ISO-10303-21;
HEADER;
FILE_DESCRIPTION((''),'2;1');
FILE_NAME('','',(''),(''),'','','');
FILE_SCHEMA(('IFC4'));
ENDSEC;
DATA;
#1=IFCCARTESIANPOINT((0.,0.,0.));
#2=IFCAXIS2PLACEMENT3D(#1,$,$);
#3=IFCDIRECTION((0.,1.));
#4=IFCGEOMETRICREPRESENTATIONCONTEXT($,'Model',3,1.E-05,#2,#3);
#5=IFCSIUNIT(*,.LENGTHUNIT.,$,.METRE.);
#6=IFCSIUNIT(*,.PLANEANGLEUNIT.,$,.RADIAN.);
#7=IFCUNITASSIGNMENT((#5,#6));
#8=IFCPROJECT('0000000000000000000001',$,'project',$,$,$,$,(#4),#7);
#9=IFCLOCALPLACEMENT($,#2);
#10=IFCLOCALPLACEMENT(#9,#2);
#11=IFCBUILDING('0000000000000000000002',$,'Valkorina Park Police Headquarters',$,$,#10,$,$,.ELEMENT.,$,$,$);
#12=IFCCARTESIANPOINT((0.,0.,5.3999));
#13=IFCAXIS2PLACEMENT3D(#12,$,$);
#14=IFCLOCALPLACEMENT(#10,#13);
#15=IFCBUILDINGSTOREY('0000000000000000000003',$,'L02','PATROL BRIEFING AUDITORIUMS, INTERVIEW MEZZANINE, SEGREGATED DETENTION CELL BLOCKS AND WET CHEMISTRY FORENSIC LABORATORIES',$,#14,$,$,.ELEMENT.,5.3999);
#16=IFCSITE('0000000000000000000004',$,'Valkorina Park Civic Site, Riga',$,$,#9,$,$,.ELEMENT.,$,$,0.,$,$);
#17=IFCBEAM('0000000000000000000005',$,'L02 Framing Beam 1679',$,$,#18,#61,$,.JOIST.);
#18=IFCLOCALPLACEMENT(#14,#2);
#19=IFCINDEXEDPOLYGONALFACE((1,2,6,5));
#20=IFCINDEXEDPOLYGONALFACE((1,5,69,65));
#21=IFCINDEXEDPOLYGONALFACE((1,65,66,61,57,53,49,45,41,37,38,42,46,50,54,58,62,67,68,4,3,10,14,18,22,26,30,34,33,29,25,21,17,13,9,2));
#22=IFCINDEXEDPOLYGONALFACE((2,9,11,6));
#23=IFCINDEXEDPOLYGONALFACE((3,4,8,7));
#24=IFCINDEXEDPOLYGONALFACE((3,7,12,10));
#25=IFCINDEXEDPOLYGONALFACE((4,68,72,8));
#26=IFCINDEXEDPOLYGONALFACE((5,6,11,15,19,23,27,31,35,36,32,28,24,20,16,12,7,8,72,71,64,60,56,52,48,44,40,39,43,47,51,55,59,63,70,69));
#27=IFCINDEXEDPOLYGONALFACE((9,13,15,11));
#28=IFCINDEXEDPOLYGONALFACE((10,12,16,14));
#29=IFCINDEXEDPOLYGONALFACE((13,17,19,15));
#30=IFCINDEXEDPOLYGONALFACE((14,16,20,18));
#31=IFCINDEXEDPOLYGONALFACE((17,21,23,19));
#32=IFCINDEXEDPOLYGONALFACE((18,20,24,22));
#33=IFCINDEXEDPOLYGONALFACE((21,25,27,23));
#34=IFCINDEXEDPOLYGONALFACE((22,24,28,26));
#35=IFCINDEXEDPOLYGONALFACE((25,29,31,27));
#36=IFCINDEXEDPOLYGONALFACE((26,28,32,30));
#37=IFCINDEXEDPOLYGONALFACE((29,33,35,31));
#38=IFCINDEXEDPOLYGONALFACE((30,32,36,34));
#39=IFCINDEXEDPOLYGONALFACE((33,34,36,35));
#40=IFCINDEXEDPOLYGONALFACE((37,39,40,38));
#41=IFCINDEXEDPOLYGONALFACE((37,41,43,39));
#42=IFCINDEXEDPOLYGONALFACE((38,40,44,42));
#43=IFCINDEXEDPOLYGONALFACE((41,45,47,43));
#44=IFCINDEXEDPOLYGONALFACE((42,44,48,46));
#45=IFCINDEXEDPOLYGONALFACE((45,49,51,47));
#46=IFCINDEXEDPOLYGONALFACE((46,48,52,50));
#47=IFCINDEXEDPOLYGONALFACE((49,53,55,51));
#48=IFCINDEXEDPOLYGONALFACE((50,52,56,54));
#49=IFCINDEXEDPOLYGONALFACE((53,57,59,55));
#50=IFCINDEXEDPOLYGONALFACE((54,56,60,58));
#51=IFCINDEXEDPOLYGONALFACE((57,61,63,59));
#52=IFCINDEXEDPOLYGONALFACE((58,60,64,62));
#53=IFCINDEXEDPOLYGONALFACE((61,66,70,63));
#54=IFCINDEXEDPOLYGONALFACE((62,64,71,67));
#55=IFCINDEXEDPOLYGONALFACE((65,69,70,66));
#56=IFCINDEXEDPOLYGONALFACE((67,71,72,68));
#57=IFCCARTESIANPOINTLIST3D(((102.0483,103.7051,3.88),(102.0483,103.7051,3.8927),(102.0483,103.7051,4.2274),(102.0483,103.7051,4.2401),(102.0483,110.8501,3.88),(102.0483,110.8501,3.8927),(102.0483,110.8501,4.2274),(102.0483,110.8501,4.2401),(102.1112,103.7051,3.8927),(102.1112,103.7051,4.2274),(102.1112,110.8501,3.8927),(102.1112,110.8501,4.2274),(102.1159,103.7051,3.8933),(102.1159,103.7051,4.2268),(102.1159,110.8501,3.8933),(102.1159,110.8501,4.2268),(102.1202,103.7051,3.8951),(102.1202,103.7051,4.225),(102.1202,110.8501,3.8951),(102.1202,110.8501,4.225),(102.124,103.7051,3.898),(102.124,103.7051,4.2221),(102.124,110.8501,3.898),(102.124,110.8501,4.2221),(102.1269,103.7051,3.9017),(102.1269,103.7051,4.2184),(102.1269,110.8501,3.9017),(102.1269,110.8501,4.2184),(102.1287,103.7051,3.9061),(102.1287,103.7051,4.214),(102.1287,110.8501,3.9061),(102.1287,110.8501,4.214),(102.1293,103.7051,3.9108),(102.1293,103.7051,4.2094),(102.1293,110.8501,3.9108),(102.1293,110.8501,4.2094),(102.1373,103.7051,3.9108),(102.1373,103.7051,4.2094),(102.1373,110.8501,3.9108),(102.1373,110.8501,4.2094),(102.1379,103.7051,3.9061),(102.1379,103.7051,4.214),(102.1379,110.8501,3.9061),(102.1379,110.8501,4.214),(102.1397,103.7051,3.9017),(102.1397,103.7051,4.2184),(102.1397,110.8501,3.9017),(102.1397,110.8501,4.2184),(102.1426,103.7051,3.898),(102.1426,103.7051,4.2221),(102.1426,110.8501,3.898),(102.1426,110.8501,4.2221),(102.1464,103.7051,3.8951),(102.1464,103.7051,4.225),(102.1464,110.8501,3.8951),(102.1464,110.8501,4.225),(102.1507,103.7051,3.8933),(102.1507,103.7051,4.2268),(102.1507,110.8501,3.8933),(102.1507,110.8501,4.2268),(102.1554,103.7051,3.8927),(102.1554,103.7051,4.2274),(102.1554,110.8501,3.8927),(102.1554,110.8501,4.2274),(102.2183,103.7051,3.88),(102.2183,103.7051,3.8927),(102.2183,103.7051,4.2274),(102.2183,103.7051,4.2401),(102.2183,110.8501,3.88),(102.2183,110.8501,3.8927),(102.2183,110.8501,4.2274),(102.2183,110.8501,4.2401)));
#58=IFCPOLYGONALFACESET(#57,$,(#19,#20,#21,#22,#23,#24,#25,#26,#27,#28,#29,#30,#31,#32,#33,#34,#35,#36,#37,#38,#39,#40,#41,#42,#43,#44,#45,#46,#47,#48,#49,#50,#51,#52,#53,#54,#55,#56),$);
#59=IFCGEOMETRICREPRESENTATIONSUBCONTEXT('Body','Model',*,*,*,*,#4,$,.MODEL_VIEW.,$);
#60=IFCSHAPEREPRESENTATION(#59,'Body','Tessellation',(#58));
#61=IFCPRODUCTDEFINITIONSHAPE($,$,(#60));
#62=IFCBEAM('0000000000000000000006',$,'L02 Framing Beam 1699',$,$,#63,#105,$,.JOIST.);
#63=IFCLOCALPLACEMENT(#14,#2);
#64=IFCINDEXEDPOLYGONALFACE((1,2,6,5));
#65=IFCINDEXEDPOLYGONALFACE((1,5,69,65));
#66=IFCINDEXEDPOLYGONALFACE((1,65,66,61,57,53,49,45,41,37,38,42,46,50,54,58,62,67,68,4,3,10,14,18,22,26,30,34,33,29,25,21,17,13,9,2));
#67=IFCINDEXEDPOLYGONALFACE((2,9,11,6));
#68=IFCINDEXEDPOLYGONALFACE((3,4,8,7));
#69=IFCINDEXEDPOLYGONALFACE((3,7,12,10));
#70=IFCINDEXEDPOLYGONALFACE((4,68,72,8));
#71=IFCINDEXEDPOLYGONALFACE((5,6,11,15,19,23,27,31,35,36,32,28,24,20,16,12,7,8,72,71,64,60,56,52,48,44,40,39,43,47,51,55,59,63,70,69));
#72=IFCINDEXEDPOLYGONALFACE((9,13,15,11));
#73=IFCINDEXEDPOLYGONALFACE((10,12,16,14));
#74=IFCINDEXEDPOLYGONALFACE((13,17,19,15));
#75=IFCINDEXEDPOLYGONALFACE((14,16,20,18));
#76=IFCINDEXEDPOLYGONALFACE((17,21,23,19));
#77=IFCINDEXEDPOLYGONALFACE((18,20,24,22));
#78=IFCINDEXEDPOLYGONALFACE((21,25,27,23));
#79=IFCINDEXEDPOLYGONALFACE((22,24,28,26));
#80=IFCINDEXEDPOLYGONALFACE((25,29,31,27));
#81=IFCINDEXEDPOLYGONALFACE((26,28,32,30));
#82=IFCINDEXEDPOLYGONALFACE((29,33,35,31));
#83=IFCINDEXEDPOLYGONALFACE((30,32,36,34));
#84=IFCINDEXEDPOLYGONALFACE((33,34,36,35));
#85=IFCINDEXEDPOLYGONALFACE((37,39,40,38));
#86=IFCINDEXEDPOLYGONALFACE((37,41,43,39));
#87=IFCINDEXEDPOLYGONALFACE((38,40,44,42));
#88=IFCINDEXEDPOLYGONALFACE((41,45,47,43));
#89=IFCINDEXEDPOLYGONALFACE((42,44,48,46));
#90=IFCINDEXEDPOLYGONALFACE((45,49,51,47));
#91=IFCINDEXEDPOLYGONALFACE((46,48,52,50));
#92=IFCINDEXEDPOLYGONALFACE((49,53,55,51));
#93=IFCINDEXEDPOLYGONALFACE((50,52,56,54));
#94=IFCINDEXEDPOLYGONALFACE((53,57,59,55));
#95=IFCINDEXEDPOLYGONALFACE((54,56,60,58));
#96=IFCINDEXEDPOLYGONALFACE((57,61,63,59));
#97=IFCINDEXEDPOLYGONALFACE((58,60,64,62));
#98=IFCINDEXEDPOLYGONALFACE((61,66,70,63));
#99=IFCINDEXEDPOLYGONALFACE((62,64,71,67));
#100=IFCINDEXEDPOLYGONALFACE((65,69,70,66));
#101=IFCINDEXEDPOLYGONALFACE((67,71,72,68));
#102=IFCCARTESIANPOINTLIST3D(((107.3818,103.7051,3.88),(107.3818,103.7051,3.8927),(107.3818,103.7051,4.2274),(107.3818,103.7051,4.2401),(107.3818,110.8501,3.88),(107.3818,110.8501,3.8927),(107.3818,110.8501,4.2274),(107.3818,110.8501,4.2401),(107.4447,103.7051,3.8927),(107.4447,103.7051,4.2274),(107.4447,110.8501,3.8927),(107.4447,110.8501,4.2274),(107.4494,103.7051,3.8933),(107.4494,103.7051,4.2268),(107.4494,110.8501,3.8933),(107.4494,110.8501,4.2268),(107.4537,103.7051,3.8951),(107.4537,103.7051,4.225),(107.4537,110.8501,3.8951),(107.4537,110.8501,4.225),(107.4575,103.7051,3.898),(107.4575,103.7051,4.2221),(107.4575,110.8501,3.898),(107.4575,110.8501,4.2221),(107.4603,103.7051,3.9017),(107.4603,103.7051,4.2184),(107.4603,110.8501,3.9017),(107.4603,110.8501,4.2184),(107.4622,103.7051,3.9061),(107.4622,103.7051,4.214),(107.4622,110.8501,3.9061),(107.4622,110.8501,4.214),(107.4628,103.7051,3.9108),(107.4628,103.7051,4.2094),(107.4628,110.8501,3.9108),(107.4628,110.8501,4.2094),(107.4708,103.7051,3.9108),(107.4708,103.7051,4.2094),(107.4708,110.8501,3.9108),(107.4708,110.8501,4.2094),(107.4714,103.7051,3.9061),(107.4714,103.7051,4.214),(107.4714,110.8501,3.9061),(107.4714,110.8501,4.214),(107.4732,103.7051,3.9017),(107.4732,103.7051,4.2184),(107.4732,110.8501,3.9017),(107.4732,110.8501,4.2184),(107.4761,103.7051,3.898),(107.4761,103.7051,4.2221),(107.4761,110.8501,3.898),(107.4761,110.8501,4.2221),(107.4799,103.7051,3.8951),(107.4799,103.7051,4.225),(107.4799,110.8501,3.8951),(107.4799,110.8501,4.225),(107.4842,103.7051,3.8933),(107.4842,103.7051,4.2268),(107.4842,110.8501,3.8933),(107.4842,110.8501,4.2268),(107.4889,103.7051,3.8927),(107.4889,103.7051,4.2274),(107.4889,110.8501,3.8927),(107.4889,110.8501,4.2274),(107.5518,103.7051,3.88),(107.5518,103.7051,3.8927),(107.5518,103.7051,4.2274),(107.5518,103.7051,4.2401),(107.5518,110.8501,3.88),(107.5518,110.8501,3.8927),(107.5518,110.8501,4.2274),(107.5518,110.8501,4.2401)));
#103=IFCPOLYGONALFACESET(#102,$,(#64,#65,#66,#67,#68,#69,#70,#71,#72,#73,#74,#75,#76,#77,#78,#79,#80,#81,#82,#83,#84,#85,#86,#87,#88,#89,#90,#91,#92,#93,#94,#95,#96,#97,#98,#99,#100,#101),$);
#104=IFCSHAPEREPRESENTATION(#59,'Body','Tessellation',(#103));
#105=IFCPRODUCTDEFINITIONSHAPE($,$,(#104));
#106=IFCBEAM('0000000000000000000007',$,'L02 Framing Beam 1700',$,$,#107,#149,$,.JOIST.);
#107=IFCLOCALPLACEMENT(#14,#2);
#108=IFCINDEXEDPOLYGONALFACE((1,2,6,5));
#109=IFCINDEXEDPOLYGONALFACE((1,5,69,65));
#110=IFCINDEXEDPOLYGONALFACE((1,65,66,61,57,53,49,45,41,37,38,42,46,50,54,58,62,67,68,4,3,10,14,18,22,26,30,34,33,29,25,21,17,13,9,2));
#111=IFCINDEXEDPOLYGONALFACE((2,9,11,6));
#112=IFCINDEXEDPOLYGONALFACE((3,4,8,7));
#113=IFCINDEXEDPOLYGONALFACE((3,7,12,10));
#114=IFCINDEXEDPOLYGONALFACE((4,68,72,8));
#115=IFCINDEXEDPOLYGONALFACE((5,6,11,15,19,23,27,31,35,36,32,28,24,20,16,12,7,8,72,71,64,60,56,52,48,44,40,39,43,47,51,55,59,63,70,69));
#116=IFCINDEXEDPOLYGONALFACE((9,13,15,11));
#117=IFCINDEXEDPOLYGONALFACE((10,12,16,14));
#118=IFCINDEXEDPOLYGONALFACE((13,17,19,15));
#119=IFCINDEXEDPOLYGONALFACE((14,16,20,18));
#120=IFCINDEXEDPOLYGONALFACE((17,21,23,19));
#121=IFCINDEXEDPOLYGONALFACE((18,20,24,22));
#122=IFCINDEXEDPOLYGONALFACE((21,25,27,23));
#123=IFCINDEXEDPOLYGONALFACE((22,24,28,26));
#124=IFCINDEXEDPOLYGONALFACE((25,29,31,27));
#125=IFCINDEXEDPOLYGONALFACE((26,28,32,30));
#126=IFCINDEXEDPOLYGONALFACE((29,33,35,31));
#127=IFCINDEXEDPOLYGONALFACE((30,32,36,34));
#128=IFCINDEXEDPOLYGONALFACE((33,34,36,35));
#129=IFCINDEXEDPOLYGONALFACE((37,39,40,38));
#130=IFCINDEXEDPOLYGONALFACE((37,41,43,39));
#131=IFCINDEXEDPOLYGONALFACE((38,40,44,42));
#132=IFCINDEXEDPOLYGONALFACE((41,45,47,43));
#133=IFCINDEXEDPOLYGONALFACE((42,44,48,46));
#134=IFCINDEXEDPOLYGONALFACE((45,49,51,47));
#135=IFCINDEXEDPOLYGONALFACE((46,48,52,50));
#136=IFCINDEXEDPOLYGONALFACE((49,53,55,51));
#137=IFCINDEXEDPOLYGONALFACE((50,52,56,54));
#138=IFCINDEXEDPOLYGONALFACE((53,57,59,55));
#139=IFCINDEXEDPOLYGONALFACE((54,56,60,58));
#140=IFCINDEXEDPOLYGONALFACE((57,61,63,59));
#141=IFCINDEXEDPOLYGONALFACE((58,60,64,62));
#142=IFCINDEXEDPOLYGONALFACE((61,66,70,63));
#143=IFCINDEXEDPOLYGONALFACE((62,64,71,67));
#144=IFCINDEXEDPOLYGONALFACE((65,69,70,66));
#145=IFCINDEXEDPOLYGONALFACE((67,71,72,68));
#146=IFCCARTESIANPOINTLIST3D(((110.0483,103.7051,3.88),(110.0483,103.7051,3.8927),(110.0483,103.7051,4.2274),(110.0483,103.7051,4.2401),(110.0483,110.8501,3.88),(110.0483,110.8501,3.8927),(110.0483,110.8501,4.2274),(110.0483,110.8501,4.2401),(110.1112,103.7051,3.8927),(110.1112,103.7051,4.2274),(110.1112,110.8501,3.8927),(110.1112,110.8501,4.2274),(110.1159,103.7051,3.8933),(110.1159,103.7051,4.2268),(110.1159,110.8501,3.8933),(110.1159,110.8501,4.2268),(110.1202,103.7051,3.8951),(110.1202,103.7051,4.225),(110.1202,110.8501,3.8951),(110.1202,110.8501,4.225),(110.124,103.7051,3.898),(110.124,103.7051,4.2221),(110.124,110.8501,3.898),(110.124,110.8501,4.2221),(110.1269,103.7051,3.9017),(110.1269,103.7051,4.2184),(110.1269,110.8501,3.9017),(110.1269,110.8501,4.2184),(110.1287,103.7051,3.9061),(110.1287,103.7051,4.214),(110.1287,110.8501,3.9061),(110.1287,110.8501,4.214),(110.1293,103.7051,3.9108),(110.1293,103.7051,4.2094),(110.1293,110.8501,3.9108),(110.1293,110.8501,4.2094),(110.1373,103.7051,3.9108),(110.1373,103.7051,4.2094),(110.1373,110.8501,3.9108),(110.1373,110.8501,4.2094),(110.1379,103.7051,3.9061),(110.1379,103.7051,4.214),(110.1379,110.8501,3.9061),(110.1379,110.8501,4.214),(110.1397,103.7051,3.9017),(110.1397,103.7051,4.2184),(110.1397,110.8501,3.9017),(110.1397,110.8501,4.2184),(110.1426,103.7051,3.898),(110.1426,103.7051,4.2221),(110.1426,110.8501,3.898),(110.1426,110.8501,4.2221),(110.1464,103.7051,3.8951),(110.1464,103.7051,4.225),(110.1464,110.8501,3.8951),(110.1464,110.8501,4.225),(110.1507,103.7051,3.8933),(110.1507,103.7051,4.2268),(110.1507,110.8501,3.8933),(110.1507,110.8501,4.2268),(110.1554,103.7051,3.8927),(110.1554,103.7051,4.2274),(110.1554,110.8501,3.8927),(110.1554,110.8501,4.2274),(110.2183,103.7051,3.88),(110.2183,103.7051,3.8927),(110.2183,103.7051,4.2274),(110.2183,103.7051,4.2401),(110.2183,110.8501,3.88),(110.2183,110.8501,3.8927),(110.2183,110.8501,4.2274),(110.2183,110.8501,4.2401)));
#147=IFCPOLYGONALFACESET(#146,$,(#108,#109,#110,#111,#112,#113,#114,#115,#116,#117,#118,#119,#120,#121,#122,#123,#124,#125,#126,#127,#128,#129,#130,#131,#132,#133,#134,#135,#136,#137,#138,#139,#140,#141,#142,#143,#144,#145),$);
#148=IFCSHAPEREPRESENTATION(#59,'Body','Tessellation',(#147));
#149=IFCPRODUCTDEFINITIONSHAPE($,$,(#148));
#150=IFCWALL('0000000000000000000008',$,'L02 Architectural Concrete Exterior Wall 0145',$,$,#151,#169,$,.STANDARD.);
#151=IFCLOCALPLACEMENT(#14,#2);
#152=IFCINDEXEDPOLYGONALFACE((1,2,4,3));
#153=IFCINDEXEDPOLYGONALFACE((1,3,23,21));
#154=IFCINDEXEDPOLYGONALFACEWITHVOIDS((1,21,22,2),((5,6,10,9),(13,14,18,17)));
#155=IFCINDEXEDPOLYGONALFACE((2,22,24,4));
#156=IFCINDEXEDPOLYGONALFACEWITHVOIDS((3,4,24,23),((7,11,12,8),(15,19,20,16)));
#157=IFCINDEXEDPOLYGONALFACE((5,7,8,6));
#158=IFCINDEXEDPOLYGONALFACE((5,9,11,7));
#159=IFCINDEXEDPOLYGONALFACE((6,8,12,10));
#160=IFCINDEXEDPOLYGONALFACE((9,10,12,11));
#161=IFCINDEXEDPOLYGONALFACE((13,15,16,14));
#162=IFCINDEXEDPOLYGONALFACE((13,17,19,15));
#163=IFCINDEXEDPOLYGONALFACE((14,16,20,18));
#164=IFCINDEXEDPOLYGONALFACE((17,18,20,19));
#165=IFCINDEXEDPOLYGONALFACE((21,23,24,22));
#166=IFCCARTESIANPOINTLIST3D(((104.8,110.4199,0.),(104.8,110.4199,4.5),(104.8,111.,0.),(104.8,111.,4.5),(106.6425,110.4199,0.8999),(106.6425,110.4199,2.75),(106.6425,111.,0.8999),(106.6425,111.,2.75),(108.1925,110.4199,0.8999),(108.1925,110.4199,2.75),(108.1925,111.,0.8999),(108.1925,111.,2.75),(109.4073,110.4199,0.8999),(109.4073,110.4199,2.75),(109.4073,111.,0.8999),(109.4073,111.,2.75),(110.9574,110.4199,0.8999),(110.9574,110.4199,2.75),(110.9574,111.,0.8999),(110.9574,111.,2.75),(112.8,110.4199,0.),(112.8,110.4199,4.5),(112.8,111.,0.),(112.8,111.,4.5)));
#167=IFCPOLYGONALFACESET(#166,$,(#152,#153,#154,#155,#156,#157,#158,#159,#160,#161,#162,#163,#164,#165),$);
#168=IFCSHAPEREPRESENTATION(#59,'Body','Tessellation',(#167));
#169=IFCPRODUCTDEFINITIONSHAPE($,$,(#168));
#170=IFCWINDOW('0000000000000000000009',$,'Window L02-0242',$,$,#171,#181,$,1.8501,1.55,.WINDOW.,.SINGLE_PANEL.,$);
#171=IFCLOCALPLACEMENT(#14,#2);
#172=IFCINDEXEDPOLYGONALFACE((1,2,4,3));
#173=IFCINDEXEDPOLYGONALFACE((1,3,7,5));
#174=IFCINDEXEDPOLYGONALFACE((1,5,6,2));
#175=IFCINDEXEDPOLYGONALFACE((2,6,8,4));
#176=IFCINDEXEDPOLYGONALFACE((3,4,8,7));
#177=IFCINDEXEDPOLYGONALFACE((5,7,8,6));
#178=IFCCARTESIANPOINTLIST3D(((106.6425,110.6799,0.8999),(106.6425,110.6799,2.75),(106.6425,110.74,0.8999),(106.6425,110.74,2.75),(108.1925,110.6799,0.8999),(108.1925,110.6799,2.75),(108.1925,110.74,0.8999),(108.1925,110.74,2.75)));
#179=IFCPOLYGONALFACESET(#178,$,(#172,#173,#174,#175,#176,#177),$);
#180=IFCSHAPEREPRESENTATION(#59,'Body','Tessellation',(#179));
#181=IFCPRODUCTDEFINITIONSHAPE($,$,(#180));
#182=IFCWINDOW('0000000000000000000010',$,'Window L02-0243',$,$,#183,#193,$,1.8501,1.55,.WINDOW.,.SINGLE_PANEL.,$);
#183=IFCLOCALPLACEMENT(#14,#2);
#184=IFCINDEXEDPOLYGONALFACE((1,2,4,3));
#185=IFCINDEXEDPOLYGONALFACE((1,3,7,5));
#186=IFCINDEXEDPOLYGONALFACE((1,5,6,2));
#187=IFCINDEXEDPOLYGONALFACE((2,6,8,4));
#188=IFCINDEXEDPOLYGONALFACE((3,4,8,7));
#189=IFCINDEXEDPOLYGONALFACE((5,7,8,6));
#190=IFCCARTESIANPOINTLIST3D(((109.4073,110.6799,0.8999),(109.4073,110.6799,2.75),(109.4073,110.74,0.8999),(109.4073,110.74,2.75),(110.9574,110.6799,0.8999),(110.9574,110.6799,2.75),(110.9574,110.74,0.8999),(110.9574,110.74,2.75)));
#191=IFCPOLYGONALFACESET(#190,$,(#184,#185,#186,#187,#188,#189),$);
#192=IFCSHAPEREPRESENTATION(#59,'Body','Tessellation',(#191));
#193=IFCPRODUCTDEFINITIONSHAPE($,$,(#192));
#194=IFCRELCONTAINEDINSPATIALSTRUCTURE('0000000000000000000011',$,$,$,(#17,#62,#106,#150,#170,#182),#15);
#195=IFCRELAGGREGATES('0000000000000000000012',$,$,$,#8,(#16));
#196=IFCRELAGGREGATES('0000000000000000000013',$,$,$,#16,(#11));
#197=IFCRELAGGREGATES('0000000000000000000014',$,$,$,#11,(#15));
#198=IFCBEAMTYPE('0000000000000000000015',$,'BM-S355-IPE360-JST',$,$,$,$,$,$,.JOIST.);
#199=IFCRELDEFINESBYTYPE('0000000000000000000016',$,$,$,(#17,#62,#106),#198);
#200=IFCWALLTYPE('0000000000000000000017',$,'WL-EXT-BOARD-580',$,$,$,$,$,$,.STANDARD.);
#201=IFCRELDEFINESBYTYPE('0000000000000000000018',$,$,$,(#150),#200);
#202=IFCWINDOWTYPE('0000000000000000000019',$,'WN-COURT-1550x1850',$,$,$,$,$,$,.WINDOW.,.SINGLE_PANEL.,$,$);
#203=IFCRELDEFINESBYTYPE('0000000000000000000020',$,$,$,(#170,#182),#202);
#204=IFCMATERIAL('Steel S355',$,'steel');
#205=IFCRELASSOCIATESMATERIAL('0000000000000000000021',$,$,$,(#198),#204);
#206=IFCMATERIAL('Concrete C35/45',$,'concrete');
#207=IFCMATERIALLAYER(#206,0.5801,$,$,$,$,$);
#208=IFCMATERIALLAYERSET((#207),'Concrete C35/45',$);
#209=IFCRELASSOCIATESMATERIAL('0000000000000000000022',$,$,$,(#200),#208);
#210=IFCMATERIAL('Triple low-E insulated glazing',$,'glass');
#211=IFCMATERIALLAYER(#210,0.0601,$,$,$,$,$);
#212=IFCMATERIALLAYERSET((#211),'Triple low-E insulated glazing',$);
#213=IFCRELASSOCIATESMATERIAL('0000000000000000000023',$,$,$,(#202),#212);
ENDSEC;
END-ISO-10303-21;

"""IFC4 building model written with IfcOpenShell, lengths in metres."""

from ifc_helpers import new_model, si_unit, direction, frame, frame_2d, origin, origin_2d, place, context, subcontext, project, spatial, rectangle, i_section, extrude, material, layer, layer_set, material_profile, profile_set, type_object, element, fill, save


model = new_model("IFC4")

# Units and contexts
model_context = context("Model", 3, precision=1e-05, world=origin(), true_north=direction((0.0, 1.0)))
body_context = subcontext(model_context, "Body", "Model", "MODEL_VIEW")
ifc_project = project(units=[si_unit("LENGTHUNIT", "METRE"), si_unit("PLANEANGLEUNIT", "RADIAN")], contexts=[model_context])

# Site, building, storey
site_placement = place(None, origin())
site = spatial("IfcSite", under=ifc_project, at=site_placement, Name="Valkorina Park Civic Site, Riga", CompositionType="ELEMENT", RefElevation=0.0)
building_placement = place(site_placement, origin())
building = spatial("IfcBuilding", under=site, at=building_placement, Name="Valkorina Park Police Headquarters", CompositionType="ELEMENT")
storey_placement = place(building_placement, frame((0.0, 0.0, 5.3999)))
storey = spatial("IfcBuildingStorey", under=building, at=storey_placement, Name="L02", Description="PATROL BRIEFING AUDITORIUMS, INTERVIEW MEZZANINE, SEGREGATED DETENTION CELL BLOCKS AND WET CHEMISTRY FORENSIC LABORATORIES", CompositionType="ELEMENT", Elevation=5.3999)

# Shared definitions
ifc_material_1 = material(Name="Steel S355", Category="steel")

# Beams
ifc_material_profile_1 = material_profile(ifc_material_1, i_section(OverallWidth=0.1699, OverallDepth=0.3601, WebThickness=0.0081, FlangeThickness=0.0127, FilletRadius=0.0181, at=origin_2d()), Name="IPE 360")
ifc_profile_set_1 = profile_set([ifc_material_profile_1], Name="Steel S355")
beam_type_1 = type_object("IfcBeamType", Name="BM-S355-IPE360-JST", PredefinedType="JOIST", material=ifc_profile_set_1)
for number, where, z_axis, x_axis, name in (
    (1, (102.1333, 103.7051, 4.0601), (0.0, 1.0, 0.0), (-1.0, 0.0, 0.0), "L02 Framing Beam 1679"),
    (2, (107.4668, 103.7051, 4.0601), (0.0, 1.0, 0.0), (-1.0, 0.0, 0.0), "L02 Framing Beam 1699"),
    (3, (110.1333, 103.7051, 4.0601), (0.0, 1.0, 0.0), (-1.0, 0.0, 0.0), "L02 Framing Beam 1700"),
):
    element("IfcBeam", number, at=place(storey_placement, frame(where, z_axis=z_axis, x_axis=x_axis)), inside=storey, type_object=beam_type_1, Name=name, PredefinedType="JOIST", context=body_context, shape_type="SweptSolid", body=[
        extrude(i_section(OverallWidth=0.1699, OverallDepth=0.3601, WebThickness=0.0081, FlangeThickness=0.0127, FilletRadius=0.0181, at=origin_2d()), origin(), (0.0, 0.0, 1.0), 7.145),
    ])

# Wall, openings, windows
ifc_material_2 = material(Name="Concrete C35/45", Category="concrete")
ifc_layer_1 = layer(ifc_material_2, 0.5801)
ifc_layer_set_1 = layer_set([ifc_layer_1], Name="Concrete C35/45")
wall_type = type_object("IfcWallType", Name="WL-EXT-BOARD-580", PredefinedType="STANDARD", material=ifc_layer_set_1)
wall_placement = place(storey_placement, frame((104.8, 110.71, 0.0), z_axis=(0.0, 0.0, 1.0), x_axis=(1.0, 0.0, 0.0)))
wall = element("IfcWall", 4, at=wall_placement, inside=storey, type_object=wall_type, Name="L02 Architectural Concrete Exterior Wall 0145", PredefinedType="STANDARD", context=body_context, shape_type="SweptSolid", body=[
    extrude(rectangle(XDim=8.0, YDim=0.5801, at=frame_2d((4.0, 0.0))), origin(), (0.0, 0.0, 1.0), 4.5),
])
opening_1_placement = place(wall_placement, frame((1.8425, 0.0, 0.8999)))
opening_1 = element("IfcOpeningElement", 5, at=opening_1_placement, cuts=wall, PredefinedType="OPENING", context=body_context, shape_type="SweptSolid", body=[
    extrude(rectangle(XDim=1.55, YDim=1.8501, at=frame_2d((0.7749, 0.925))), frame((0.0, 0.3, 0.0), z_axis=(0.0, -1.0, 0.0), x_axis=(1.0, 0.0, 0.0)), (0.0, 0.0, 1.0), 0.6001),
])
opening_2_placement = place(wall_placement, frame((4.6074, 0.0, 0.8999)))
opening_2 = element("IfcOpeningElement", 6, at=opening_2_placement, cuts=wall, PredefinedType="OPENING", context=body_context, shape_type="SweptSolid", body=[
    extrude(rectangle(XDim=1.55, YDim=1.8501, at=frame_2d((0.7749, 0.925))), frame((0.0, 0.3, 0.0), z_axis=(0.0, -1.0, 0.0), x_axis=(1.0, 0.0, 0.0)), (0.0, 0.0, 1.0), 0.6001),
])
ifc_material_3 = material(Name="Triple low-E insulated glazing", Category="glass")
ifc_layer_2 = layer(ifc_material_3, 0.0601)
ifc_layer_set_2 = layer_set([ifc_layer_2], Name="Triple low-E insulated glazing")
window_type = type_object("IfcWindowType", Name="WN-COURT-1550x1850", PartitioningType="SINGLE_PANEL", PredefinedType="WINDOW", material=ifc_layer_set_2)
window_1_placement = place(opening_1_placement, origin())
window_1 = element("IfcWindow", 7, at=window_1_placement, inside=storey, type_object=window_type, Name="Window L02-0242", OverallHeight=1.8501, OverallWidth=1.55, PartitioningType="SINGLE_PANEL", PredefinedType="WINDOW", context=body_context, shape_type="SweptSolid", body=[
    extrude(rectangle(XDim=1.55, YDim=1.8501, at=frame_2d((0.7749, 0.925))), frame((0.0, 0.03, 0.0), z_axis=(0.0, -1.0, 0.0), x_axis=(1.0, 0.0, 0.0)), (0.0, 0.0, 1.0), 0.0601),
])
fill(opening_1, window_1)
window_2_placement = place(opening_2_placement, origin())
window_2 = element("IfcWindow", 8, at=window_2_placement, inside=storey, type_object=window_type, Name="Window L02-0243", OverallHeight=1.8501, OverallWidth=1.55, PartitioningType="SINGLE_PANEL", PredefinedType="WINDOW", context=body_context, shape_type="SweptSolid", body=[
    extrude(rectangle(XDim=1.55, YDim=1.8501, at=frame_2d((0.7749, 0.925))), frame((0.0, 0.03, 0.0), z_axis=(0.0, -1.0, 0.0), x_axis=(1.0, 0.0, 0.0)), (0.0, 0.0, 1.0), 0.0601),
])
fill(opening_2, window_2)

save(model, "model.ifc")
